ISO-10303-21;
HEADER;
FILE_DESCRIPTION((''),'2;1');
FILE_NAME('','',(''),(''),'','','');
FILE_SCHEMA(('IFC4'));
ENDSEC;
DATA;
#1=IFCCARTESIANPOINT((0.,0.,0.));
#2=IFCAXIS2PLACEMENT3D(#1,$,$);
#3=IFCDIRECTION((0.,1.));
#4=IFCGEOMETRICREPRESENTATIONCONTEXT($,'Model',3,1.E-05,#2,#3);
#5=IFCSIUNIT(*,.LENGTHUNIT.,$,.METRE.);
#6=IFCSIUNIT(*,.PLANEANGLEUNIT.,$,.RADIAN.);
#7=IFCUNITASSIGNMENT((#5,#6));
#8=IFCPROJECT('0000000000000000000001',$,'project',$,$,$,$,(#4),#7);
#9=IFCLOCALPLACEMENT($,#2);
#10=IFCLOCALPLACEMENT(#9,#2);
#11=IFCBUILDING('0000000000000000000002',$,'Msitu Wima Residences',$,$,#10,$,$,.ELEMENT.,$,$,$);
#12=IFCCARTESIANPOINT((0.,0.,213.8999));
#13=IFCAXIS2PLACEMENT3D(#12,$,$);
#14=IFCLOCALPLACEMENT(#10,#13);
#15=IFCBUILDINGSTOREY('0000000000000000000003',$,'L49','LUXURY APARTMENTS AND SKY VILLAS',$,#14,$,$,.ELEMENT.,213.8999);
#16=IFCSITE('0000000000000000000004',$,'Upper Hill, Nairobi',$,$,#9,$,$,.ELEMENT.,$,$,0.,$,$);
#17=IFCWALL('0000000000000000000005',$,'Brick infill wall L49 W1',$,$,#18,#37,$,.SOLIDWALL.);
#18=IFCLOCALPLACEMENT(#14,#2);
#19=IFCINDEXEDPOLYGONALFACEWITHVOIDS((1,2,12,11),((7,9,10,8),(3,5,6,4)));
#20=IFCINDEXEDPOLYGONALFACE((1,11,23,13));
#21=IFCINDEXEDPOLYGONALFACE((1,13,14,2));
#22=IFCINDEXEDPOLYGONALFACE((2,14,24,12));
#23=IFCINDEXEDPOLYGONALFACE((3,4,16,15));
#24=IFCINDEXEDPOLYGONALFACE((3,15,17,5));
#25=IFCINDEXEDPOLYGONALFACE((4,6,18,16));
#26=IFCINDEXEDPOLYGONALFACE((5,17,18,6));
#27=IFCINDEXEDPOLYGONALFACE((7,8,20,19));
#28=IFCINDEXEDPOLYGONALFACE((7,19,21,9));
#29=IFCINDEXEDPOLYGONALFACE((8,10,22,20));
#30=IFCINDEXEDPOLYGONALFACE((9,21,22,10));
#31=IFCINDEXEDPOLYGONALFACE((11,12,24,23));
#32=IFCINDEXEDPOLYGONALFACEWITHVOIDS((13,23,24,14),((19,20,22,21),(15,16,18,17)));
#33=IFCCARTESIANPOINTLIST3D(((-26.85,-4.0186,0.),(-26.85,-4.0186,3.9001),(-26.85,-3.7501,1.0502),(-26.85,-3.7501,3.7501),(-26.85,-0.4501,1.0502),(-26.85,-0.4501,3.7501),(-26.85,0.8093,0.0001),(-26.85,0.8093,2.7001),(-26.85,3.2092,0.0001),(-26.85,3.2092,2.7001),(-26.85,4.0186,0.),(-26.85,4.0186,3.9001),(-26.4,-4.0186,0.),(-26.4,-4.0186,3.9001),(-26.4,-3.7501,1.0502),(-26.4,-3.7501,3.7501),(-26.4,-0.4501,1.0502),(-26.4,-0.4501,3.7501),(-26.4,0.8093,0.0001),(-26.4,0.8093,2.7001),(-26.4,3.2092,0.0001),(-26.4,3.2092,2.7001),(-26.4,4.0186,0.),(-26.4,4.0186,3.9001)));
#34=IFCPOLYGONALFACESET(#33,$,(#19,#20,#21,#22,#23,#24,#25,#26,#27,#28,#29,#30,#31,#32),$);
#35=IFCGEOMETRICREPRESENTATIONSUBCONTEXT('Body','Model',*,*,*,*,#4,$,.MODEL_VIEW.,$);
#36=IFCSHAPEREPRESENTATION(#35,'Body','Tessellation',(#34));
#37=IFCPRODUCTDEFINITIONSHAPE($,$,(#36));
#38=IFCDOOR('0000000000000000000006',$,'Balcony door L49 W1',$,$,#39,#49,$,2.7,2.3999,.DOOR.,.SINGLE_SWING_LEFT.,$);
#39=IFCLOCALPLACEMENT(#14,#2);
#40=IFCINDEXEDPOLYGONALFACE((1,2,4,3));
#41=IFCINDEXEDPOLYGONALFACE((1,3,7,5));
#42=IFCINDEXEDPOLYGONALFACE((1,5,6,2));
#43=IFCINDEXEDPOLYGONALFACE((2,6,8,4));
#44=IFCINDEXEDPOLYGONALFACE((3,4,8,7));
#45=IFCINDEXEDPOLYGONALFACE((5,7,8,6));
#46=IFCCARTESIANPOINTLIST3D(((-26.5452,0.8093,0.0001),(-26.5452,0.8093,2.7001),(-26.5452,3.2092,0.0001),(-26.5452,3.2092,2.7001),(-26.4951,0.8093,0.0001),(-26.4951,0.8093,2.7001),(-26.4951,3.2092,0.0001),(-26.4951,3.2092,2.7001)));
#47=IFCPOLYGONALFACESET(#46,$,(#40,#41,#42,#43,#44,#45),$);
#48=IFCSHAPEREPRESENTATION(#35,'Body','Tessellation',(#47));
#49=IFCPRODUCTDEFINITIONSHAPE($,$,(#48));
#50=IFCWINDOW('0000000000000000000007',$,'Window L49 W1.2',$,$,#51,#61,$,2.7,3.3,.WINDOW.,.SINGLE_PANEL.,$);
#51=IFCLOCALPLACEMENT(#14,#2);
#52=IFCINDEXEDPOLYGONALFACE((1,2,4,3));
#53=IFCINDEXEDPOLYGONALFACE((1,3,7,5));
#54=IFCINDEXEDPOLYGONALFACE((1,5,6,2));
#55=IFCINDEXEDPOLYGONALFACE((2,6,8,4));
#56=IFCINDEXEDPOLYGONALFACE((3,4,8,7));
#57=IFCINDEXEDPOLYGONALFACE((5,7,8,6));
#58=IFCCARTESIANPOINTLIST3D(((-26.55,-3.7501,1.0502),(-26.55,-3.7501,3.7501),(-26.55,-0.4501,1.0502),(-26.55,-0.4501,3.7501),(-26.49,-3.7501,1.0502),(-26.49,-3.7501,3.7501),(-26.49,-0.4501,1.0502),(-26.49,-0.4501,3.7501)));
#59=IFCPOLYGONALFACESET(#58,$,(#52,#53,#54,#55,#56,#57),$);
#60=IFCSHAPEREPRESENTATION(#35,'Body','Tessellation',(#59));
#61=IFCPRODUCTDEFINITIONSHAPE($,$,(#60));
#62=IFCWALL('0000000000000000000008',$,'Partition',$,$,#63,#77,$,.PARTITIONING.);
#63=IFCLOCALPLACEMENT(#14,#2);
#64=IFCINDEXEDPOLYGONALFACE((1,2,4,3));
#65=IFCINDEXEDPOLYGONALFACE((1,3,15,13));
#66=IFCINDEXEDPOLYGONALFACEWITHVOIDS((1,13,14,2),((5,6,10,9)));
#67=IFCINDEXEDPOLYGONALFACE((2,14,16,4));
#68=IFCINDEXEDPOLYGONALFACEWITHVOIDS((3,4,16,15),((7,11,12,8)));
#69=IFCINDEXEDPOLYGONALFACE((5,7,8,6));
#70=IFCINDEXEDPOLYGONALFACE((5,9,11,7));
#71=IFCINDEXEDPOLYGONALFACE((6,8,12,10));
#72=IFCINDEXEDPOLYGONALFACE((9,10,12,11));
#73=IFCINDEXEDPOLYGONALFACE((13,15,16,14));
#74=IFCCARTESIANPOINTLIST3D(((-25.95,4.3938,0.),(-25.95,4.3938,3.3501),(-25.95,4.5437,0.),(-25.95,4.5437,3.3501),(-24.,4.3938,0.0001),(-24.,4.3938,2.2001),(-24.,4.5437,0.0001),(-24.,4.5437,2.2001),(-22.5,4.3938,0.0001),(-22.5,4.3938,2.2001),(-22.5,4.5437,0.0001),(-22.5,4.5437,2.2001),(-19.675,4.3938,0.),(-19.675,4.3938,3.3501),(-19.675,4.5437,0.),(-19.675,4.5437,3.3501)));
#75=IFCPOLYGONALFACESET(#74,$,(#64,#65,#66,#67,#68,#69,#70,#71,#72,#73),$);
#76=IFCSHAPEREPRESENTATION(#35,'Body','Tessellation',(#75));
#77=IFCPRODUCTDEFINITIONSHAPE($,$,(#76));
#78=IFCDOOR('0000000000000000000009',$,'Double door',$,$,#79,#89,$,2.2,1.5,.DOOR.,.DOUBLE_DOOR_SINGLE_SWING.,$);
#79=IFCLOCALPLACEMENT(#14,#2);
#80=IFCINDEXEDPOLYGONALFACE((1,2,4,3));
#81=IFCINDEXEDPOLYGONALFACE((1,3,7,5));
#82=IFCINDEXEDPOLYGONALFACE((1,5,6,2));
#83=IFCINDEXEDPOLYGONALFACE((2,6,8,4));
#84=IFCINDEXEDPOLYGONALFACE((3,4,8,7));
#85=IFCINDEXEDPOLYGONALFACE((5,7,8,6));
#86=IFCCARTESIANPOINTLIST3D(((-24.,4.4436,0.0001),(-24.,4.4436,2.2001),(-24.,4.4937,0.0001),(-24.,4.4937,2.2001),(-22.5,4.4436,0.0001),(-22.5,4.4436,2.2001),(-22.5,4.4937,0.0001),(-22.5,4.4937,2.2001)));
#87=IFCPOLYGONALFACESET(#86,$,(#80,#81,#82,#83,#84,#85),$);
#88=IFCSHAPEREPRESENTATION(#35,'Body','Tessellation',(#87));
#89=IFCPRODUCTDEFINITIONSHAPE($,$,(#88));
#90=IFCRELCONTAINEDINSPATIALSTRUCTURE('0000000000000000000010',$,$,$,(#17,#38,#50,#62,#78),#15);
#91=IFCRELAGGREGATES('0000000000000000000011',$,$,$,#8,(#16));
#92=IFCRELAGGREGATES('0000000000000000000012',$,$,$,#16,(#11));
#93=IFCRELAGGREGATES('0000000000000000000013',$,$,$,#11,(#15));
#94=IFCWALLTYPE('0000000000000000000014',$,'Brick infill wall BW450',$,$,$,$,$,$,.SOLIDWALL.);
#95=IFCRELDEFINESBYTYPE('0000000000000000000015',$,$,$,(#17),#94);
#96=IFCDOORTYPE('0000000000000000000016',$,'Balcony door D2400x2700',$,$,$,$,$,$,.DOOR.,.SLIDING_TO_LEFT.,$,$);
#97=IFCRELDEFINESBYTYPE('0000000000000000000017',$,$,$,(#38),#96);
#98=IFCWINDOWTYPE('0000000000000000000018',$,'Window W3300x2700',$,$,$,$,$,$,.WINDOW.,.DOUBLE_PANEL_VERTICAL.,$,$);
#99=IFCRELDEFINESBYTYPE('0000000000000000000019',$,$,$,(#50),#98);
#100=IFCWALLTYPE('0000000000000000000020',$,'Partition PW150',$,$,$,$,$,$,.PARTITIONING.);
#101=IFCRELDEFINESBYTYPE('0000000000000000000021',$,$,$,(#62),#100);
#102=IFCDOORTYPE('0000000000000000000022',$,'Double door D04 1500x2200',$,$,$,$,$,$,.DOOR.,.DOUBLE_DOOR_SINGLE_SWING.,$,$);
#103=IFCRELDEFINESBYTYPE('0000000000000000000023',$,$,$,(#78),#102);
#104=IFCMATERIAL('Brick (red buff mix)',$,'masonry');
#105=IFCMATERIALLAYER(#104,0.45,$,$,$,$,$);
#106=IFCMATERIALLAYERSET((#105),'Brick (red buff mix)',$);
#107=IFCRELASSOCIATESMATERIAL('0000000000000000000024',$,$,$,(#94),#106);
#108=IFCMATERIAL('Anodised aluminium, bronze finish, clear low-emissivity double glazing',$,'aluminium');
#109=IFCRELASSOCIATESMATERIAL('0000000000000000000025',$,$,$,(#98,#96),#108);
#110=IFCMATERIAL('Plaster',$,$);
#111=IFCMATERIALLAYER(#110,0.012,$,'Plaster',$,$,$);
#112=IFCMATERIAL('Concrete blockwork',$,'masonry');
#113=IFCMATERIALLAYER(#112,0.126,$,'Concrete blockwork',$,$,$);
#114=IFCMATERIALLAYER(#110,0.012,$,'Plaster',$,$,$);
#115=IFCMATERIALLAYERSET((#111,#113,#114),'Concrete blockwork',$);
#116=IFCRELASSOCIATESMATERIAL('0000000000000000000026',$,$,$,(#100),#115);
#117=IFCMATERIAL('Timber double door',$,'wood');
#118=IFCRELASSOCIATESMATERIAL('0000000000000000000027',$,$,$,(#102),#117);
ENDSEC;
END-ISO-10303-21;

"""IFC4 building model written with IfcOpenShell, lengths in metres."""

from ifc_helpers import new_model, si_unit, direction, frame, frame_2d, origin, place, context, subcontext, project, spatial, rectangle, extrude, material, layer, layer_set, type_object, element, fill, save


model = new_model("IFC4")

# Units and contexts
model_context = context("Model", 3, precision=1e-05, world=origin(), true_north=direction((0.0, 1.0)))
body_context = subcontext(model_context, "Body", "Model", "MODEL_VIEW")
ifc_project = project(units=[si_unit("LENGTHUNIT", "METRE"), si_unit("PLANEANGLEUNIT", "RADIAN")], contexts=[model_context])

# Site, building, storey
site_placement = place(None, origin())
site = spatial("IfcSite", under=ifc_project, at=site_placement, Name="Upper Hill, Nairobi", CompositionType="ELEMENT", RefElevation=0.0)
building_placement = place(site_placement, origin())
building = spatial("IfcBuilding", under=site, at=building_placement, Name="Msitu Wima Residences", CompositionType="ELEMENT")
storey_placement = place(building_placement, frame((0.0, 0.0, 213.8999)))
storey = spatial("IfcBuildingStorey", under=building, at=storey_placement, Name="L49", Description="LUXURY APARTMENTS AND SKY VILLAS", CompositionType="ELEMENT", Elevation=213.8999)

# Shared definitions
ifc_material_1 = material(Name="Brick (red buff mix)", Category="masonry")
ifc_layer_1 = layer(ifc_material_1, 0.45)
ifc_layer_set_1 = layer_set([ifc_layer_1], Name="Brick (red buff mix)")
wall_type_1 = type_object("IfcWallType", Name="Brick infill wall BW450", PredefinedType="SOLIDWALL", material=ifc_layer_set_1)
ifc_material_2 = material(Name="Anodised aluminium, bronze finish, clear low-emissivity double glazing", Category="aluminium")
window_type = type_object("IfcWindowType", Name="Window W3300x2700", PartitioningType="DOUBLE_PANEL_VERTICAL", PredefinedType="WINDOW", material=ifc_material_2)

# Wall, openings, door, window
wall_1_placement = place(storey_placement, frame((-26.625, 4.0186, 0.0), z_axis=(0.0, 0.0, 1.0), x_axis=(0.0, -1.0, 0.0)))
wall_1 = element("IfcWall", 1, at=wall_1_placement, inside=storey, type_object=wall_type_1, Name="Brick infill wall L49 W1", PredefinedType="SOLIDWALL", context=body_context, shape_type="SweptSolid", body=[
    extrude(rectangle(XDim=8.0371, YDim=0.45, at=frame_2d((4.0186, 0.0))), origin(), (0.0, 0.0, 1.0), 3.9001),
])
opening_1_placement = place(wall_1_placement, frame((0.8093, 0.0, 0.0)))
opening_1 = element("IfcOpeningElement", 2, at=opening_1_placement, cuts=wall_1, PredefinedType="OPENING", context=body_context, shape_type="SweptSolid", body=[
    extrude(rectangle(XDim=2.3999, YDim=2.7, at=frame_2d((1.2, 1.3501))), frame((0.0, 0.2349, 0.0), z_axis=(0.0, -1.0, 0.0), x_axis=(1.0, 0.0, 0.0)), (0.0, 0.0, 1.0), 0.47),
])
opening_2_placement = place(wall_1_placement, frame((4.4688, 0.0, 1.05)))
opening_2 = element("IfcOpeningElement", 3, at=opening_2_placement, cuts=wall_1, PredefinedType="OPENING", context=body_context, shape_type="SweptSolid", body=[
    extrude(rectangle(XDim=3.3, YDim=2.7, at=frame_2d((1.6499, 1.3501))), frame((0.0, 0.2349, 0.0), z_axis=(0.0, -1.0, 0.0), x_axis=(1.0, 0.0, 0.0)), (0.0, 0.0, 1.0), 0.47),
])
door_type_1 = type_object("IfcDoorType", Name="Balcony door D2400x2700", OperationType="SLIDING_TO_LEFT", PredefinedType="DOOR", material=ifc_material_2)
door_1_placement = place(opening_1_placement, origin())
door_1 = element("IfcDoor", 4, at=door_1_placement, inside=storey, type_object=door_type_1, Name="Balcony door L49 W1", OperationType="SINGLE_SWING_LEFT", OverallHeight=2.7, OverallWidth=2.3999, PredefinedType="DOOR", context=body_context, shape_type="SweptSolid", body=[
    extrude(rectangle(XDim=2.3999, YDim=2.7, at=frame_2d((1.2, 1.3501))), frame((0.0, 0.1299, 0.0), z_axis=(0.0, -1.0, 0.0), x_axis=(1.0, 0.0, 0.0)), (0.0, 0.0, 1.0), 0.05),
])
fill(opening_1, door_1)
window_1_placement = place(opening_2_placement, origin())
window_1 = element("IfcWindow", 5, at=window_1_placement, inside=storey, type_object=window_type, Name="Window L49 W1.2", OverallHeight=2.7, OverallWidth=3.3, PartitioningType="SINGLE_PANEL", PredefinedType="WINDOW", context=body_context, shape_type="SweptSolid", body=[
    extrude(rectangle(XDim=3.3, YDim=2.7, at=frame_2d((1.6499, 1.3501))), frame((0.0, 0.135, 0.0), z_axis=(0.0, -1.0, 0.0), x_axis=(1.0, 0.0, 0.0)), (0.0, 0.0, 1.0), 0.0601),
])
fill(opening_2, window_1)

# Wall, opening, door
ifc_material_3 = material(Name="Plaster")
ifc_layer_2 = layer(ifc_material_3, 0.012, Name="Plaster")
ifc_material_4 = material(Name="Concrete blockwork", Category="masonry")
ifc_layer_3 = layer(ifc_material_4, 0.126, Name="Concrete blockwork")
ifc_layer_4 = layer(ifc_material_3, 0.012, Name="Plaster")
ifc_layer_set_2 = layer_set([ifc_layer_2, ifc_layer_3, ifc_layer_4], Name="Concrete blockwork")
wall_type_2 = type_object("IfcWallType", Name="Partition PW150", PredefinedType="PARTITIONING", material=ifc_layer_set_2)
wall_2_placement = place(storey_placement, frame((-25.95, 4.4688, 0.0), z_axis=(0.0, 0.0, 1.0), x_axis=(1.0, 0.0, 0.0)))
wall_2 = element("IfcWall", 6, at=wall_2_placement, inside=storey, type_object=wall_type_2, Name="Partition", PredefinedType="PARTITIONING", context=body_context, shape_type="SweptSolid", body=[
    extrude(rectangle(XDim=6.2749, YDim=0.1499, at=frame_2d((3.1375, 0.0))), origin(), (0.0, 0.0, 1.0), 3.3501),
])
opening_3_placement = place(wall_2_placement, frame((1.95, 0.0, 0.0)))
opening_3 = element("IfcOpeningElement", 7, at=opening_3_placement, cuts=wall_2, PredefinedType="OPENING", context=body_context, shape_type="SweptSolid", body=[
    extrude(rectangle(XDim=1.5, YDim=2.2, at=frame_2d((0.75, 1.1001))), frame((0.0, 0.085, 0.0), z_axis=(0.0, -1.0, 0.0), x_axis=(1.0, 0.0, 0.0)), (0.0, 0.0, 1.0), 0.1699),
])
ifc_material_5 = material(Name="Timber double door", Category="wood")
door_type_2 = type_object("IfcDoorType", Name="Double door D04 1500x2200", OperationType="DOUBLE_DOOR_SINGLE_SWING", PredefinedType="DOOR", material=ifc_material_5)
door_2_placement = place(opening_3_placement, origin())
door_2 = element("IfcDoor", 8, at=door_2_placement, inside=storey, type_object=door_type_2, Name="Double door", OperationType="DOUBLE_DOOR_SINGLE_SWING", OverallHeight=2.2, OverallWidth=1.5, PredefinedType="DOOR", context=body_context, shape_type="SweptSolid", body=[
    extrude(rectangle(XDim=1.5, YDim=2.2, at=frame_2d((0.75, 1.1001))), frame((0.0, 0.0249, 0.0), z_axis=(0.0, -1.0, 0.0), x_axis=(1.0, 0.0, 0.0)), (0.0, 0.0, 1.0), 0.05),
])
fill(opening_3, door_2)

save(model, "model.ifc")
